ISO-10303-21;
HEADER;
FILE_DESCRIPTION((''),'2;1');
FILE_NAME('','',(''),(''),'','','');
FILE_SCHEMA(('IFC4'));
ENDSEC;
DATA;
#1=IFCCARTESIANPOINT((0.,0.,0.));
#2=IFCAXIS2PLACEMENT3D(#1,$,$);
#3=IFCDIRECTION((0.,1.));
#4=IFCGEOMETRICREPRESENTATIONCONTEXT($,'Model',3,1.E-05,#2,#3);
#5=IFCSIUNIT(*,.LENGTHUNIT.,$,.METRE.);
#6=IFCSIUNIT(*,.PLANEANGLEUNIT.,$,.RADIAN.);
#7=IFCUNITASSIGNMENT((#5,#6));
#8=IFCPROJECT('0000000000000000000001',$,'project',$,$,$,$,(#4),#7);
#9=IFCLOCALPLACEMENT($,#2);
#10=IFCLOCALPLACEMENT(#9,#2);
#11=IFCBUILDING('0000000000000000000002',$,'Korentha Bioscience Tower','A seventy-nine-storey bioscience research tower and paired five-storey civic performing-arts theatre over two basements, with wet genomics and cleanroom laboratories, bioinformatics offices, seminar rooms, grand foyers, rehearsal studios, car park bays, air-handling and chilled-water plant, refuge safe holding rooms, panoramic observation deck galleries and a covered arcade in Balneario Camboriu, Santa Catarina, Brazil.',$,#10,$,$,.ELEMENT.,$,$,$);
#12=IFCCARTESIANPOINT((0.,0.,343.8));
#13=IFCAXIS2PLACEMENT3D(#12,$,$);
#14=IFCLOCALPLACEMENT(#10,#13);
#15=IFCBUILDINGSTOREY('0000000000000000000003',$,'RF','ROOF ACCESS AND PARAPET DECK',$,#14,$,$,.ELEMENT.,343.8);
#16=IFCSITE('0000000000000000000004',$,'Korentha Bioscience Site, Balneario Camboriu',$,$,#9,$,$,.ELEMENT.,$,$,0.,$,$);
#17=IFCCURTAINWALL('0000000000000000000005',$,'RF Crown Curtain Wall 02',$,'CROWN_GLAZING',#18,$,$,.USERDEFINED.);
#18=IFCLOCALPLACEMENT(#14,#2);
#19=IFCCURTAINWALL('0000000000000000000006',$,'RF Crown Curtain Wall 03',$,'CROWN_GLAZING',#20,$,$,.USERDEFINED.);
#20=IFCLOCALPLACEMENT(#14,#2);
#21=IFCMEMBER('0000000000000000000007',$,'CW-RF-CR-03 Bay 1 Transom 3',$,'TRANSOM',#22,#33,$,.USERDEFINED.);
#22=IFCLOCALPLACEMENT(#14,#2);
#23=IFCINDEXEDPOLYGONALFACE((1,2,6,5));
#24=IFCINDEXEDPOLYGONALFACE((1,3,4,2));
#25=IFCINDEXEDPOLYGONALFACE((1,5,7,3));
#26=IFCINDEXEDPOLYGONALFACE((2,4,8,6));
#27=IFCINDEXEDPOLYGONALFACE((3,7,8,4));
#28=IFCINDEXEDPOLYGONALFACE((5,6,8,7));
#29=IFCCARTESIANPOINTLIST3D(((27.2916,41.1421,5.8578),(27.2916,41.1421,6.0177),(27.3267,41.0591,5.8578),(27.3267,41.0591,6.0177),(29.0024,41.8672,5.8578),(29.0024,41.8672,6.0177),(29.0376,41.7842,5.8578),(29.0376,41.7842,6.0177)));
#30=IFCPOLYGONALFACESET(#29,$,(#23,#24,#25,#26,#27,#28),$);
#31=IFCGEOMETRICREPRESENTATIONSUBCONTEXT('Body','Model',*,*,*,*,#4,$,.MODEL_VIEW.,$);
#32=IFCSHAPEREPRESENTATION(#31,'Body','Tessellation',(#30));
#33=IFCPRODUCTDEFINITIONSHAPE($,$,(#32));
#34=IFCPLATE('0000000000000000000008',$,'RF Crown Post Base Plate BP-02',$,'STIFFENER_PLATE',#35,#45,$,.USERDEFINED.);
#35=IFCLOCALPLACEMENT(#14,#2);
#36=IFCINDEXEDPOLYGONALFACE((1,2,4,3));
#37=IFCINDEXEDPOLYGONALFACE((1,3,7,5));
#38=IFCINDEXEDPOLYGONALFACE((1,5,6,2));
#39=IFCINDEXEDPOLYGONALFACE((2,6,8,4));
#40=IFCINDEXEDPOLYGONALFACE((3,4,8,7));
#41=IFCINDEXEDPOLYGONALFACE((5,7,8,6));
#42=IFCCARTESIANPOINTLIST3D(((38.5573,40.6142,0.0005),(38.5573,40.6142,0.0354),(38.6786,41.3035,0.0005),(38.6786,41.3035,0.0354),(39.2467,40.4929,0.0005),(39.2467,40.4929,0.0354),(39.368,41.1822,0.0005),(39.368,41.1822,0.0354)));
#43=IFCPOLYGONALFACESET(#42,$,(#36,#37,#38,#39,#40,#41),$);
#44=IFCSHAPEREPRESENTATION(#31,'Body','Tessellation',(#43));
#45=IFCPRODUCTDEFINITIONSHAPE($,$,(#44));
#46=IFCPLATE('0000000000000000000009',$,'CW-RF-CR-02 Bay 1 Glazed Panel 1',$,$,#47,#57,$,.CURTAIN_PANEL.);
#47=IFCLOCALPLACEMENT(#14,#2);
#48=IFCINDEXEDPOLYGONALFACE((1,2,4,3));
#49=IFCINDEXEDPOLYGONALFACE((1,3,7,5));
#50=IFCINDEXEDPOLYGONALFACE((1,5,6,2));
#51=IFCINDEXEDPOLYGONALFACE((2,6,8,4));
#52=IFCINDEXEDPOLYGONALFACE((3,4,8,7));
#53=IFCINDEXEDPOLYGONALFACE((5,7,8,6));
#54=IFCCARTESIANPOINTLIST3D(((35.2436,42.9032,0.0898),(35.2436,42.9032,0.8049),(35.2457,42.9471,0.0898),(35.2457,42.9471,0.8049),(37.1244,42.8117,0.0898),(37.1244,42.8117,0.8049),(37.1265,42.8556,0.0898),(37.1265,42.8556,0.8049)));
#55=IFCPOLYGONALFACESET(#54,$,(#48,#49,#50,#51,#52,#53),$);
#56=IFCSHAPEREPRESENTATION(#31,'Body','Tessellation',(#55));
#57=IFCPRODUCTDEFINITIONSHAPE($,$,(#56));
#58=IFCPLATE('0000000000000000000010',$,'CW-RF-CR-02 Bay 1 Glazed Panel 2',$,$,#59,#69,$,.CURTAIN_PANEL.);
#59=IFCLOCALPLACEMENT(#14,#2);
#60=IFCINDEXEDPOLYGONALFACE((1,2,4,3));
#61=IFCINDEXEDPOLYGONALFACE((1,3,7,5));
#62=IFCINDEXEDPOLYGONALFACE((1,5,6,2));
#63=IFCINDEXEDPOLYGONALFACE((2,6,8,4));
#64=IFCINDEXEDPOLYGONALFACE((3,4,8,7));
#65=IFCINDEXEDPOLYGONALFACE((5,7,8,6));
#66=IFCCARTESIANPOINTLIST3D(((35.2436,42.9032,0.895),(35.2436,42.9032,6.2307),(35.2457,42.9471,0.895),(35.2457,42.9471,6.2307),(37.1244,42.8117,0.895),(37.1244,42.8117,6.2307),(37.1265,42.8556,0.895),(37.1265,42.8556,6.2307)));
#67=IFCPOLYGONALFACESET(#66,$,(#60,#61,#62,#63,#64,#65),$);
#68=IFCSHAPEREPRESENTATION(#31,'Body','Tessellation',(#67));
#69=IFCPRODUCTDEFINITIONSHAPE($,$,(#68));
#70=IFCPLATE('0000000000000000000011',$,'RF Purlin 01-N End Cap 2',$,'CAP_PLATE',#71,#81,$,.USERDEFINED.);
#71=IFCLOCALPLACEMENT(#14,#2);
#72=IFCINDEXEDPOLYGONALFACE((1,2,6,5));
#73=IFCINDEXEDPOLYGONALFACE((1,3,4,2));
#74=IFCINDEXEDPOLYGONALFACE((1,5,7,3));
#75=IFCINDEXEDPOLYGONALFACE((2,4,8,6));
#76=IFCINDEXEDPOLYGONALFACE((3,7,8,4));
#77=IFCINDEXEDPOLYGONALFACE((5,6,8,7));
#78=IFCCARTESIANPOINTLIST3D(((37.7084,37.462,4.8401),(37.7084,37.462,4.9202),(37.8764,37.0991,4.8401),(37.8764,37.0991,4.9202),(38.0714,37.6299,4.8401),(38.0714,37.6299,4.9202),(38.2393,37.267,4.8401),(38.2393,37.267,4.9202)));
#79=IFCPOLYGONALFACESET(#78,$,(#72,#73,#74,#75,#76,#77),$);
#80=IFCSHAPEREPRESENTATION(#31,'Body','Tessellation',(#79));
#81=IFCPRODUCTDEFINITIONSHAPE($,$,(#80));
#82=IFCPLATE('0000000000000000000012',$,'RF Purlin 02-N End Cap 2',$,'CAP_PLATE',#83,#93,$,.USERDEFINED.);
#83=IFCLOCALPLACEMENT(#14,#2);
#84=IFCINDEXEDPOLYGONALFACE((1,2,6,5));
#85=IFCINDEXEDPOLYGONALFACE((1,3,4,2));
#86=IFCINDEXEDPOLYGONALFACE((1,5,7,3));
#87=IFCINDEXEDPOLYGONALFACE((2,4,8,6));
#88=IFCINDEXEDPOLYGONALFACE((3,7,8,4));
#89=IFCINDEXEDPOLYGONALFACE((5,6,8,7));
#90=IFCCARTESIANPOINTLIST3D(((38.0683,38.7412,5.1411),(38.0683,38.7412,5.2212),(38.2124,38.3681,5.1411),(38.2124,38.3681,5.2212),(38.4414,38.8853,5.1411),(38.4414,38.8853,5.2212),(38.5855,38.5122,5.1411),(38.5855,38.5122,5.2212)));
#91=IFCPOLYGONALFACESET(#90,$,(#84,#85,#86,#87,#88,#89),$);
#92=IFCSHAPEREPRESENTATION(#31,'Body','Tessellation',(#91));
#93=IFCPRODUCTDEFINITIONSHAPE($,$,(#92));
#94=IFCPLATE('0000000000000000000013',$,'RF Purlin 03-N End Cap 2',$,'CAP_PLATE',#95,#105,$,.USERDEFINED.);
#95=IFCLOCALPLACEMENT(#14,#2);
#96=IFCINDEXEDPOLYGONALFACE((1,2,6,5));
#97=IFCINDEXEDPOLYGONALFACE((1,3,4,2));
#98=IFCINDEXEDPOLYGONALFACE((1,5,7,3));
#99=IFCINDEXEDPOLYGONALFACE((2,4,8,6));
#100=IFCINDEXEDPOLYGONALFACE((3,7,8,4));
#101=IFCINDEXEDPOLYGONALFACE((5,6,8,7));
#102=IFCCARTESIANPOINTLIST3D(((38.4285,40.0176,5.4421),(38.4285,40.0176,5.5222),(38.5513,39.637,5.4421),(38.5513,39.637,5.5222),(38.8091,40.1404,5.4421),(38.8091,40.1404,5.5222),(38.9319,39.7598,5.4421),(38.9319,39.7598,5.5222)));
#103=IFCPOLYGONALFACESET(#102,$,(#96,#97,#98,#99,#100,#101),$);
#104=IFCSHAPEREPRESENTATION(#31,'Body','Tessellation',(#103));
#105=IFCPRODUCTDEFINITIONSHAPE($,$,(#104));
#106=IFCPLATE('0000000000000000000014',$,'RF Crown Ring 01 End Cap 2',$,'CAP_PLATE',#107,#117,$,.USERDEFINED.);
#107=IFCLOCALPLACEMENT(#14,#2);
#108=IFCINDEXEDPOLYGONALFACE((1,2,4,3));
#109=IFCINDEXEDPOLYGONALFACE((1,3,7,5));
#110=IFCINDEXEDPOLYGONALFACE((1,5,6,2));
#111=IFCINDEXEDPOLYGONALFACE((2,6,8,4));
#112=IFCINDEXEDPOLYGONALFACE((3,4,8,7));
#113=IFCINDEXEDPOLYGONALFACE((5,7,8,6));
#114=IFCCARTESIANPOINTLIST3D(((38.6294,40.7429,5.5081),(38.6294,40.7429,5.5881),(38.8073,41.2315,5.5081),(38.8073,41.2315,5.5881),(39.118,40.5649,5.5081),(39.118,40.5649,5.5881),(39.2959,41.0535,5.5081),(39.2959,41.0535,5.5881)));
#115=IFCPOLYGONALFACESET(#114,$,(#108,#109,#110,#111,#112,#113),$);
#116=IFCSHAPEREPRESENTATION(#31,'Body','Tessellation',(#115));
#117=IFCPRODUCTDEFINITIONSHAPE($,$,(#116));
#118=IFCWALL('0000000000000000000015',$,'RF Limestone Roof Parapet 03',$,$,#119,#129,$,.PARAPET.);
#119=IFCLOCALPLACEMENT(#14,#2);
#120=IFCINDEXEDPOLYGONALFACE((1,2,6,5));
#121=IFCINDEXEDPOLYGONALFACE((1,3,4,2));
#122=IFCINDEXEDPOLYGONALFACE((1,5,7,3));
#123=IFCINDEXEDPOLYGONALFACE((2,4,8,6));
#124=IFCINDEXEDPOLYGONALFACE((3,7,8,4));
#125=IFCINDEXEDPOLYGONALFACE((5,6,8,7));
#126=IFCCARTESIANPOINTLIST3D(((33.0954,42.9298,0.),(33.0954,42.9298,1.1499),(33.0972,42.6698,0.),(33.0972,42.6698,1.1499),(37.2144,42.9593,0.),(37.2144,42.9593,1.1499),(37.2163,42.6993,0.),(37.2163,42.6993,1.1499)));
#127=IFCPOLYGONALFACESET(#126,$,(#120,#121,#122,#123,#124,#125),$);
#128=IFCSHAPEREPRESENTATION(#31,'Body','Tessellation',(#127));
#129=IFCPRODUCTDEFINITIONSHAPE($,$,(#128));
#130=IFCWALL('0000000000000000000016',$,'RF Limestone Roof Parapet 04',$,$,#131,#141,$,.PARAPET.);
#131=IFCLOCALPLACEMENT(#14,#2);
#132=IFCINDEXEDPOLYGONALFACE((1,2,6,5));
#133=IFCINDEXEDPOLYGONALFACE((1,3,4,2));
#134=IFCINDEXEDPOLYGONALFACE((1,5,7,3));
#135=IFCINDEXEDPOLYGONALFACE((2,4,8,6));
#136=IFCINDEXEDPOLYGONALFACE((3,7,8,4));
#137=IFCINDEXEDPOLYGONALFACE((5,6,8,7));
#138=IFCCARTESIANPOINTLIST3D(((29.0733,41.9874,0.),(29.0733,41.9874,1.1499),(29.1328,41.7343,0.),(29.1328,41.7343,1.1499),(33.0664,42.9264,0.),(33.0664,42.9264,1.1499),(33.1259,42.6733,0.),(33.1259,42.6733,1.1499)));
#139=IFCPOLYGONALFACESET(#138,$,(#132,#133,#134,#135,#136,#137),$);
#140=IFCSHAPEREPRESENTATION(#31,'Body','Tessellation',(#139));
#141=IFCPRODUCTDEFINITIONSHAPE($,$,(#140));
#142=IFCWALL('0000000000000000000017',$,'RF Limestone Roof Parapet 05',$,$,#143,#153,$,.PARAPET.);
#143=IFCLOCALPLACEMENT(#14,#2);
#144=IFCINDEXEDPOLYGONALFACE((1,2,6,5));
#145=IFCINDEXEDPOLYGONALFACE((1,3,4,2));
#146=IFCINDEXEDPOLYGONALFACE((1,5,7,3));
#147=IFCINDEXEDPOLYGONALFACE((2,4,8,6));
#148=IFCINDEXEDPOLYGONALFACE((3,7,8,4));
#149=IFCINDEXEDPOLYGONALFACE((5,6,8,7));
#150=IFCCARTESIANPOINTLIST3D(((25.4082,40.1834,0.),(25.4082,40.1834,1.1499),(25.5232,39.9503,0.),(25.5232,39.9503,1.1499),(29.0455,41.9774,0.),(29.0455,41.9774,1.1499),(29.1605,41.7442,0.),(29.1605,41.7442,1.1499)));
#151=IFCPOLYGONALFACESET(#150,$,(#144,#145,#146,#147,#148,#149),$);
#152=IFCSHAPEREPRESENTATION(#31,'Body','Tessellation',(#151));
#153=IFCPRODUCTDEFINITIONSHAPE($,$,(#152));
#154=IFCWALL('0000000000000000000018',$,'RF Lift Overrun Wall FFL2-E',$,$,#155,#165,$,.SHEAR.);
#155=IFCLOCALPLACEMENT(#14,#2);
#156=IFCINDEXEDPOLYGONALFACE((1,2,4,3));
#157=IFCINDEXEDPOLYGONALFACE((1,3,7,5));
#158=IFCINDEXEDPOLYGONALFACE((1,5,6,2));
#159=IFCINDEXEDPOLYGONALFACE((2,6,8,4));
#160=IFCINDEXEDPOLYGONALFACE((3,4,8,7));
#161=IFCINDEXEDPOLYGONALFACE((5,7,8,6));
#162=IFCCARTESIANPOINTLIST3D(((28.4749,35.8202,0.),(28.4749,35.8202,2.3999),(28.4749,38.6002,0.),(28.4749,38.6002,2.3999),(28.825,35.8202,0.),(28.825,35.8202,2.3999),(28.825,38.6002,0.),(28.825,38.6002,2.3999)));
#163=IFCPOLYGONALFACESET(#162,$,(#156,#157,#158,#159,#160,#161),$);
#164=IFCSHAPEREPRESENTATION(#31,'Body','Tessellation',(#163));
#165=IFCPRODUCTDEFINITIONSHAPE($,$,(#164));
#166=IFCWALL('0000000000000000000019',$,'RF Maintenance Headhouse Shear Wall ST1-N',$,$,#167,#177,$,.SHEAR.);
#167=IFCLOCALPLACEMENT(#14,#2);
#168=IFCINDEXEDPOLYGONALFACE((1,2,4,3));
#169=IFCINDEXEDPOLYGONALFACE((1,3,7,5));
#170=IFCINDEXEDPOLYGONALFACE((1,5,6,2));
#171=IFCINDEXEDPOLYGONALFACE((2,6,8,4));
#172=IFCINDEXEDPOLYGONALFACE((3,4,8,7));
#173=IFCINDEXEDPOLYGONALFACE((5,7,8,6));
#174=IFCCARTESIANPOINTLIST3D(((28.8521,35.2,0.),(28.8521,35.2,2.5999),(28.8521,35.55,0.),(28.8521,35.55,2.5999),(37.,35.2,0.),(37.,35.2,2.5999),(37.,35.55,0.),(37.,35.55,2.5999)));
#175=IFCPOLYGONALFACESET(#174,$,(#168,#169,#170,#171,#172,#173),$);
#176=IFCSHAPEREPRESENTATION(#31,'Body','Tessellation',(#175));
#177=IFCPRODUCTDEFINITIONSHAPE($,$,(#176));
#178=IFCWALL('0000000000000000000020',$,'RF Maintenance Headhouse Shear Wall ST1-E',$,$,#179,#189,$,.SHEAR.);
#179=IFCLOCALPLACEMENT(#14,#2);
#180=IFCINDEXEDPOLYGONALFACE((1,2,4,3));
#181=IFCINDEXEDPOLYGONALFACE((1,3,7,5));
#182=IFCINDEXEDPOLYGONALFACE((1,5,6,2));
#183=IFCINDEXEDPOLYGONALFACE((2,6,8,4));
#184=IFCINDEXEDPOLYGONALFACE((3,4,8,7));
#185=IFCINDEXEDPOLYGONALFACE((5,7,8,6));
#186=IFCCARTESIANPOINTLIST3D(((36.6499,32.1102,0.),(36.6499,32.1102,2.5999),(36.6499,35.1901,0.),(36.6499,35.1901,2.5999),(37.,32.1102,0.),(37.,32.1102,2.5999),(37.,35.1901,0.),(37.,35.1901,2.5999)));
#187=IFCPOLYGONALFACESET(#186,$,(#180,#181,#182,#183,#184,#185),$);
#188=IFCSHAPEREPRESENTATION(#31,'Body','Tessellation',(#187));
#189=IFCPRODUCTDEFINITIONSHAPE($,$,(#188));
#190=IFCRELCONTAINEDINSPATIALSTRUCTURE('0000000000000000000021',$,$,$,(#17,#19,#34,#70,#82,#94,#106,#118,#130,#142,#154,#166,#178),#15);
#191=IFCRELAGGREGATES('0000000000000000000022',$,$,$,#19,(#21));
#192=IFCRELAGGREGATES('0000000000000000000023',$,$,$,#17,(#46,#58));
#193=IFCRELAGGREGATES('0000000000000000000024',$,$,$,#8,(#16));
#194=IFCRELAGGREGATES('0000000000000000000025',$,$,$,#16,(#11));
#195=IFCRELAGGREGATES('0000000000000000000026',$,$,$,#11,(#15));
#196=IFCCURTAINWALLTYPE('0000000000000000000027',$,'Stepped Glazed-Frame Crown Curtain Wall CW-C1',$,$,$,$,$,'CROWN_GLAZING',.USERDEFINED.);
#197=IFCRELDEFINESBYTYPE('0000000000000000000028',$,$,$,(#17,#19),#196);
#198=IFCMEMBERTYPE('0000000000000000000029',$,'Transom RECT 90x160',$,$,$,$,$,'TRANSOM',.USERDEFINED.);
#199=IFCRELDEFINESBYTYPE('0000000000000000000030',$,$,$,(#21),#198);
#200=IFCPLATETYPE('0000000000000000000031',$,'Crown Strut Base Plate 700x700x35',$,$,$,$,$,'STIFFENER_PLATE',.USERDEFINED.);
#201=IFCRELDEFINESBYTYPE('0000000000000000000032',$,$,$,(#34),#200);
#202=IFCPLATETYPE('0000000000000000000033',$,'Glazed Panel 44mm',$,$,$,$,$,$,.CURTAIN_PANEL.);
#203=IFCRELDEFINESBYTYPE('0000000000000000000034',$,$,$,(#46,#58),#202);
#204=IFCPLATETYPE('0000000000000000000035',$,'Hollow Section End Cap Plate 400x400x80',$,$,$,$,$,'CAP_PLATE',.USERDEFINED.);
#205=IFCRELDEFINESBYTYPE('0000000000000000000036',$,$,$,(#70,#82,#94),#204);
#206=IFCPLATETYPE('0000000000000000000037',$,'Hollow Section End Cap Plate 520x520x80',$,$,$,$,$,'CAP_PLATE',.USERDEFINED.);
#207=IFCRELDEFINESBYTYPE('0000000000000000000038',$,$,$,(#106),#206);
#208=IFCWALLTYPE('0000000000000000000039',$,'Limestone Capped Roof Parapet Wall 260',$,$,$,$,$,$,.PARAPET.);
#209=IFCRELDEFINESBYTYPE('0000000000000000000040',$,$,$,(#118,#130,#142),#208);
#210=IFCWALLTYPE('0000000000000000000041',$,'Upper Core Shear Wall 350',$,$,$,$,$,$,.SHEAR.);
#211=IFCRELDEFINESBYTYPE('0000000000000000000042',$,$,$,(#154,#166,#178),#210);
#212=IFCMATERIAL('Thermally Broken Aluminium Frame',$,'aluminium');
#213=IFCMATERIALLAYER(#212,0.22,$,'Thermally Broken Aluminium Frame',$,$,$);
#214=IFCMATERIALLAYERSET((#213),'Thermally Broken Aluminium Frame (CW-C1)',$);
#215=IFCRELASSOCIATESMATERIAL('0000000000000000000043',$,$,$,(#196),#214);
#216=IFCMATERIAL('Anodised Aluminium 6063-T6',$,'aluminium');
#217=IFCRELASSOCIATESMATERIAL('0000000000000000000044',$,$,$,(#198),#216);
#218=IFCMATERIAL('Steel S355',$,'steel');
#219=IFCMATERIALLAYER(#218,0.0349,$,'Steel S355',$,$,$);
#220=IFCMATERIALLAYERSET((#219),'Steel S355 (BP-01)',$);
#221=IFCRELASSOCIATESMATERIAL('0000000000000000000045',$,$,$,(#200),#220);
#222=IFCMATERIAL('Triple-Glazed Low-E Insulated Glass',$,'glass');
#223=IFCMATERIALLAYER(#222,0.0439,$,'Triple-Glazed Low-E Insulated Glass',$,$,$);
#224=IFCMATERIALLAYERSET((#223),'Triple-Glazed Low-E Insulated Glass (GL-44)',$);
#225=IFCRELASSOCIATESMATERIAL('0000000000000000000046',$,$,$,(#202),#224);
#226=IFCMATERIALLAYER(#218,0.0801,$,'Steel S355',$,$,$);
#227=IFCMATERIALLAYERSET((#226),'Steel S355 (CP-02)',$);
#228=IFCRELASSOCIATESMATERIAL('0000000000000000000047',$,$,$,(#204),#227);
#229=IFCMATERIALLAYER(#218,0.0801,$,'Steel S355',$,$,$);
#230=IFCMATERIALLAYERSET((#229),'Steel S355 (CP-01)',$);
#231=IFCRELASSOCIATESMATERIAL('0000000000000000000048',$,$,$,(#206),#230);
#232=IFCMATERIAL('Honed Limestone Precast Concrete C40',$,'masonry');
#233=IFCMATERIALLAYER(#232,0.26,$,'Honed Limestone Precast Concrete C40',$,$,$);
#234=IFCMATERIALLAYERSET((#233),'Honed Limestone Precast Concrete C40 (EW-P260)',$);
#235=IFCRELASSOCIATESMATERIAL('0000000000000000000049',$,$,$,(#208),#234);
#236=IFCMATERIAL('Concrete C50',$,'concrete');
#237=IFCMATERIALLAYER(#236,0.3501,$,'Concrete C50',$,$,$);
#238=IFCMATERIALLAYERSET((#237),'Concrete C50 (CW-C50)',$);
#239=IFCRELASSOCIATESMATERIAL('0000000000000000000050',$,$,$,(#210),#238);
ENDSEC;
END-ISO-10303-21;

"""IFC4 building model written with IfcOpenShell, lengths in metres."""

from ifc_helpers import new_model, si_unit, direction, frame, frame_2d, origin, origin_2d, place, context, subcontext, project, spatial, rectangle, extrude, material, layer, layer_set, material_profile, profile_set, type_object, element, aggregate, save


model = new_model("IFC4")

# Units and contexts
model_context = context("Model", 3, precision=1e-05, world=origin(), true_north=direction((0.0, 1.0)))
body_context = subcontext(model_context, "Body", "Model", "MODEL_VIEW")
ifc_project = project(units=[si_unit("LENGTHUNIT", "METRE"), si_unit("PLANEANGLEUNIT", "RADIAN")], contexts=[model_context])

# Site, building, storey
site_placement = place(None, origin())
site = spatial("IfcSite", under=ifc_project, at=site_placement, Name="Korentha Bioscience Site, Balneario Camboriu", CompositionType="ELEMENT", RefElevation=0.0)
building_placement = place(site_placement, origin())
building = spatial("IfcBuilding", under=site, at=building_placement, Name="Korentha Bioscience Tower", Description="A seventy-nine-storey bioscience research tower and paired five-storey civic performing-arts theatre over two basements, with wet genomics and cleanroom laboratories, bioinformatics offices, seminar rooms, grand foyers, rehearsal studios, car park bays, air-handling and chilled-water plant, refuge safe holding rooms, panoramic observation deck galleries and a covered arcade in Balneario Camboriu, Santa Catarina, Brazil.", CompositionType="ELEMENT")
storey_placement = place(building_placement, frame((0.0, 0.0, 343.8)))
storey = spatial("IfcBuildingStorey", under=building, at=storey_placement, Name="RF", Description="ROOF ACCESS AND PARAPET DECK", CompositionType="ELEMENT", Elevation=343.8)

# Shared definitions
ifc_material_1 = material(Name="Steel S355", Category="steel")

# Curtain wall
ifc_material_2 = material(Name="Thermally Broken Aluminium Frame", Category="aluminium")
ifc_layer_1 = layer(ifc_material_2, 0.22, Name="Thermally Broken Aluminium Frame")
ifc_layer_set_1 = layer_set([ifc_layer_1], Name="Thermally Broken Aluminium Frame (CW-C1)")
curtain_wall_type = type_object("IfcCurtainWallType", Name="Stepped Glazed-Frame Crown Curtain Wall CW-C1", ElementType="CROWN_GLAZING", PredefinedType="USERDEFINED", material=ifc_layer_set_1)
curtain_wall_1_placement = place(storey_placement, origin())
curtain_wall_1 = element("IfcCurtainWall", 1, at=curtain_wall_1_placement, inside=storey, type_object=curtain_wall_type, Name="RF Crown Curtain Wall 02", ObjectType="CROWN_GLAZING", PredefinedType="USERDEFINED")
ifc_material_3 = material(Name="Anodised Aluminium 6063-T6", Category="aluminium")

# Curtain wall
curtain_wall_2_placement = place(storey_placement, origin())
curtain_wall_2 = element("IfcCurtainWall", 2, at=curtain_wall_2_placement, inside=storey, type_object=curtain_wall_type, Name="RF Crown Curtain Wall 03", ObjectType="CROWN_GLAZING", PredefinedType="USERDEFINED")

# Member
ifc_material_profile_1 = material_profile(ifc_material_3, rectangle(XDim=0.0901, YDim=0.1599, at=origin_2d()), Name="Anodised Aluminium 6063-T6")
ifc_profile_set_1 = profile_set([ifc_material_profile_1], Name="Anodised Aluminium 6063-T6 (CW-TRN)")
member_type_1 = type_object("IfcMemberType", Name="Transom RECT 90x160", ElementType="TRANSOM", PredefinedType="USERDEFINED", material=ifc_profile_set_1)
member_1_placement = place(storey_placement, frame((29.02, 41.8257, 5.9377), z_axis=(-0.920728, -0.390206, 0.0), x_axis=(0.390206, -0.920728, 0.0)))
member_1 = element("IfcMember", 3, at=member_1_placement, type_object=member_type_1, Name="CW-RF-CR-03 Bay 1 Transom 3", ObjectType="TRANSOM", PredefinedType="USERDEFINED", context=body_context, shape_type="SweptSolid", body=[
    extrude(rectangle(XDim=0.0901, YDim=0.1599, at=origin_2d()), origin(), (0.0, 0.0, 1.0), 1.8582),
])
aggregate(curtain_wall_2, [member_1])

# Plates
ifc_layer_2 = layer(ifc_material_1, 0.0349, Name="Steel S355")
ifc_layer_set_2 = layer_set([ifc_layer_2], Name="Steel S355 (BP-01)")
plate_type_1 = type_object("IfcPlateType", Name="Crown Strut Base Plate 700x700x35", ElementType="STIFFENER_PLATE", PredefinedType="USERDEFINED", material=ifc_layer_set_2)
plate_1_placement = place(storey_placement, frame((38.9626, 40.8982, 0.0005), z_axis=(0.0, 0.0, 1.0), x_axis=(-0.984868, 0.173304, 0.0)))
element("IfcPlate", 4, at=plate_1_placement, inside=storey, type_object=plate_type_1, Name="RF Crown Post Base Plate BP-02", ObjectType="STIFFENER_PLATE", PredefinedType="USERDEFINED", context=body_context, shape_type="SweptSolid", body=[
    extrude(rectangle(XDim=0.7, YDim=0.7, at=origin_2d()), origin(), (0.0, 0.0, 1.0), 0.0349),
])
ifc_material_4 = material(Name="Triple-Glazed Low-E Insulated Glass", Category="glass")
ifc_layer_3 = layer(ifc_material_4, 0.0439, Name="Triple-Glazed Low-E Insulated Glass")
ifc_layer_set_3 = layer_set([ifc_layer_3], Name="Triple-Glazed Low-E Insulated Glass (GL-44)")
plate_type_2 = type_object("IfcPlateType", Name="Glazed Panel 44mm", PredefinedType="CURTAIN_PANEL", material=ifc_layer_set_3)
plate_2_placement = place(storey_placement, frame((36.1851, 42.8794, 0.0898), z_axis=(0.0, 0.0, 1.0), x_axis=(-0.99882, 0.048569, 0.0)))
plate_2 = element("IfcPlate", 5, at=plate_2_placement, type_object=plate_type_2, Name="CW-RF-CR-02 Bay 1 Glazed Panel 1", PredefinedType="CURTAIN_PANEL", context=body_context, shape_type="SweptSolid", body=[
    extrude(rectangle(XDim=1.8831, YDim=0.0439, at=origin_2d()), origin(), (0.0, 0.0, 1.0), 0.7151),
])
plate_3_placement = place(storey_placement, frame((36.1851, 42.8794, 0.895), z_axis=(0.0, 0.0, 1.0), x_axis=(-0.99882, 0.048569, 0.0)))
plate_3 = element("IfcPlate", 6, at=plate_3_placement, type_object=plate_type_2, Name="CW-RF-CR-02 Bay 1 Glazed Panel 2", PredefinedType="CURTAIN_PANEL", context=body_context, shape_type="SweptSolid", body=[
    extrude(rectangle(XDim=1.8831, YDim=0.0439, at=origin_2d()), origin(), (0.0, 0.0, 1.0), 5.3357),
])
aggregate(curtain_wall_1, [plate_2, plate_3])

# Plates
ifc_layer_4 = layer(ifc_material_1, 0.0801, Name="Steel S355")
ifc_layer_set_4 = layer_set([ifc_layer_4], Name="Steel S355 (CP-02)")
plate_type_3 = type_object("IfcPlateType", Name="Hollow Section End Cap Plate 400x400x80", ElementType="CAP_PLATE", PredefinedType="USERDEFINED", material=ifc_layer_set_4)
for number, where, z_axis, x_axis, name in (
    (7, (37.9739, 37.3645, 4.8401), (0.0, 0.0, 1.0), (0.907558, 0.419927, 0.0), "RF Purlin 01-N End Cap 2"),
    (8, (38.3269, 38.6267, 5.1411), (0.0, 0.0, 1.0), (0.932828, 0.360322, 0.0), "RF Purlin 02-N End Cap 2"),
    (9, (38.6802, 39.8887, 5.4421), (0.0, 0.0, 1.0), (0.951702, 0.307024, 0.0), "RF Purlin 03-N End Cap 2"),
):
    element("IfcPlate", number, at=place(storey_placement, frame(where, z_axis=z_axis, x_axis=x_axis)), inside=storey, type_object=plate_type_3, Name=name, ObjectType="CAP_PLATE", PredefinedType="USERDEFINED", context=body_context, shape_type="SweptSolid", body=[
        extrude(rectangle(XDim=0.3999, YDim=0.3999, at=origin_2d()), origin(), (0.0, 0.0, 1.0), 0.0801),
    ])
ifc_layer_5 = layer(ifc_material_1, 0.0801, Name="Steel S355")
ifc_layer_set_5 = layer_set([ifc_layer_5], Name="Steel S355 (CP-01)")
plate_type_4 = type_object("IfcPlateType", Name="Hollow Section End Cap Plate 520x520x80", ElementType="CAP_PLATE", PredefinedType="USERDEFINED", material=ifc_layer_set_5)
plate_4_placement = place(storey_placement, frame((38.9626, 40.8982, 5.5081), z_axis=(0.0, 0.0, 1.0), x_axis=(-0.939633, 0.342184, 0.0)))
element("IfcPlate", 10, at=plate_4_placement, inside=storey, type_object=plate_type_4, Name="RF Crown Ring 01 End Cap 2", ObjectType="CAP_PLATE", PredefinedType="USERDEFINED", context=body_context, shape_type="SweptSolid", body=[
    extrude(rectangle(XDim=0.52, YDim=0.52, at=origin_2d()), origin(), (0.0, 0.0, 1.0), 0.0801),
])

# Walls
ifc_material_5 = material(Name="Honed Limestone Precast Concrete C40", Category="masonry")
ifc_layer_6 = layer(ifc_material_5, 0.26, Name="Honed Limestone Precast Concrete C40")
ifc_layer_set_6 = layer_set([ifc_layer_6], Name="Honed Limestone Precast Concrete C40 (EW-P260)")
wall_type_1 = type_object("IfcWallType", Name="Limestone Capped Roof Parapet Wall 260", PredefinedType="PARAPET", material=ifc_layer_set_6)
wall_1_placement = place(storey_placement, frame((37.2153, 42.8293, 0.0), z_axis=(0.0, 0.0, 1.0), x_axis=(-0.999974, -0.007171, 0.0)))
element("IfcWall", 11, at=wall_1_placement, inside=storey, type_object=wall_type_1, Name="RF Limestone Roof Parapet 03", PredefinedType="PARAPET", context=body_context, shape_type="SweptSolid", body=[
    extrude(rectangle(XDim=4.1191, YDim=0.26, at=frame_2d((2.0596, 0.0))), origin(), (0.0, 0.0, 1.0), 1.1499),
])
wall_2_placement = place(storey_placement, frame((33.0962, 42.7998, 0.0), z_axis=(0.0, 0.0, 1.0), x_axis=(-0.97345, -0.2289, 0.0)))
element("IfcWall", 12, at=wall_2_placement, inside=storey, type_object=wall_type_1, Name="RF Limestone Roof Parapet 04", PredefinedType="PARAPET", context=body_context, shape_type="SweptSolid", body=[
    extrude(rectangle(XDim=4.1021, YDim=0.26, at=frame_2d((2.051, 0.0))), origin(), (0.0, 0.0, 1.0), 1.1499),
])
wall_3_placement = place(storey_placement, frame((29.103, 41.8608, 0.0), z_axis=(0.0, 0.0, 1.0), x_axis=(-0.896846, -0.442343, 0.0)))
element("IfcWall", 13, at=wall_3_placement, inside=storey, type_object=wall_type_1, Name="RF Limestone Roof Parapet 05", PredefinedType="PARAPET", context=body_context, shape_type="SweptSolid", body=[
    extrude(rectangle(XDim=4.0557, YDim=0.26, at=frame_2d((2.0278, 0.0))), origin(), (0.0, 0.0, 1.0), 1.1499),
])
ifc_material_6 = material(Name="Concrete C50", Category="concrete")
ifc_layer_7 = layer(ifc_material_6, 0.3501, Name="Concrete C50")
ifc_layer_set_7 = layer_set([ifc_layer_7], Name="Concrete C50 (CW-C50)")
wall_type_2 = type_object("IfcWallType", Name="Upper Core Shear Wall 350", PredefinedType="SHEAR", material=ifc_layer_set_7)
wall_4_placement = place(storey_placement, frame((28.6499, 35.8201, 0.0), z_axis=(0.0, 0.0, 1.0), x_axis=(0.0, 1.0, 0.0)))
element("IfcWall", 14, at=wall_4_placement, inside=storey, type_object=wall_type_2, Name="RF Lift Overrun Wall FFL2-E", PredefinedType="SHEAR", context=body_context, shape_type="SweptSolid", body=[
    extrude(rectangle(XDim=2.78, YDim=0.3501, at=frame_2d((1.3901, 0.0))), origin(), (0.0, 0.0, 1.0), 2.3999),
])
wall_5_placement = place(storey_placement, frame((28.8521, 35.375, 0.0), z_axis=(0.0, 0.0, 1.0), x_axis=(1.0, 0.0, 0.0)))
element("IfcWall", 15, at=wall_5_placement, inside=storey, type_object=wall_type_2, Name="RF Maintenance Headhouse Shear Wall ST1-N", PredefinedType="SHEAR", context=body_context, shape_type="SweptSolid", body=[
    extrude(rectangle(XDim=8.1479, YDim=0.3501, at=frame_2d((4.074, 0.0))), origin(), (0.0, 0.0, 1.0), 2.5999),
])
wall_6_placement = place(storey_placement, frame((36.825, 32.1101, 0.0), z_axis=(0.0, 0.0, 1.0), x_axis=(0.0, 1.0, 0.0)))
element("IfcWall", 16, at=wall_6_placement, inside=storey, type_object=wall_type_2, Name="RF Maintenance Headhouse Shear Wall ST1-E", PredefinedType="SHEAR", context=body_context, shape_type="SweptSolid", body=[
    extrude(rectangle(XDim=3.0798, YDim=0.3501, at=frame_2d((1.54, 0.0))), origin(), (0.0, 0.0, 1.0), 2.5999),
])

save(model, "model.ifc")
